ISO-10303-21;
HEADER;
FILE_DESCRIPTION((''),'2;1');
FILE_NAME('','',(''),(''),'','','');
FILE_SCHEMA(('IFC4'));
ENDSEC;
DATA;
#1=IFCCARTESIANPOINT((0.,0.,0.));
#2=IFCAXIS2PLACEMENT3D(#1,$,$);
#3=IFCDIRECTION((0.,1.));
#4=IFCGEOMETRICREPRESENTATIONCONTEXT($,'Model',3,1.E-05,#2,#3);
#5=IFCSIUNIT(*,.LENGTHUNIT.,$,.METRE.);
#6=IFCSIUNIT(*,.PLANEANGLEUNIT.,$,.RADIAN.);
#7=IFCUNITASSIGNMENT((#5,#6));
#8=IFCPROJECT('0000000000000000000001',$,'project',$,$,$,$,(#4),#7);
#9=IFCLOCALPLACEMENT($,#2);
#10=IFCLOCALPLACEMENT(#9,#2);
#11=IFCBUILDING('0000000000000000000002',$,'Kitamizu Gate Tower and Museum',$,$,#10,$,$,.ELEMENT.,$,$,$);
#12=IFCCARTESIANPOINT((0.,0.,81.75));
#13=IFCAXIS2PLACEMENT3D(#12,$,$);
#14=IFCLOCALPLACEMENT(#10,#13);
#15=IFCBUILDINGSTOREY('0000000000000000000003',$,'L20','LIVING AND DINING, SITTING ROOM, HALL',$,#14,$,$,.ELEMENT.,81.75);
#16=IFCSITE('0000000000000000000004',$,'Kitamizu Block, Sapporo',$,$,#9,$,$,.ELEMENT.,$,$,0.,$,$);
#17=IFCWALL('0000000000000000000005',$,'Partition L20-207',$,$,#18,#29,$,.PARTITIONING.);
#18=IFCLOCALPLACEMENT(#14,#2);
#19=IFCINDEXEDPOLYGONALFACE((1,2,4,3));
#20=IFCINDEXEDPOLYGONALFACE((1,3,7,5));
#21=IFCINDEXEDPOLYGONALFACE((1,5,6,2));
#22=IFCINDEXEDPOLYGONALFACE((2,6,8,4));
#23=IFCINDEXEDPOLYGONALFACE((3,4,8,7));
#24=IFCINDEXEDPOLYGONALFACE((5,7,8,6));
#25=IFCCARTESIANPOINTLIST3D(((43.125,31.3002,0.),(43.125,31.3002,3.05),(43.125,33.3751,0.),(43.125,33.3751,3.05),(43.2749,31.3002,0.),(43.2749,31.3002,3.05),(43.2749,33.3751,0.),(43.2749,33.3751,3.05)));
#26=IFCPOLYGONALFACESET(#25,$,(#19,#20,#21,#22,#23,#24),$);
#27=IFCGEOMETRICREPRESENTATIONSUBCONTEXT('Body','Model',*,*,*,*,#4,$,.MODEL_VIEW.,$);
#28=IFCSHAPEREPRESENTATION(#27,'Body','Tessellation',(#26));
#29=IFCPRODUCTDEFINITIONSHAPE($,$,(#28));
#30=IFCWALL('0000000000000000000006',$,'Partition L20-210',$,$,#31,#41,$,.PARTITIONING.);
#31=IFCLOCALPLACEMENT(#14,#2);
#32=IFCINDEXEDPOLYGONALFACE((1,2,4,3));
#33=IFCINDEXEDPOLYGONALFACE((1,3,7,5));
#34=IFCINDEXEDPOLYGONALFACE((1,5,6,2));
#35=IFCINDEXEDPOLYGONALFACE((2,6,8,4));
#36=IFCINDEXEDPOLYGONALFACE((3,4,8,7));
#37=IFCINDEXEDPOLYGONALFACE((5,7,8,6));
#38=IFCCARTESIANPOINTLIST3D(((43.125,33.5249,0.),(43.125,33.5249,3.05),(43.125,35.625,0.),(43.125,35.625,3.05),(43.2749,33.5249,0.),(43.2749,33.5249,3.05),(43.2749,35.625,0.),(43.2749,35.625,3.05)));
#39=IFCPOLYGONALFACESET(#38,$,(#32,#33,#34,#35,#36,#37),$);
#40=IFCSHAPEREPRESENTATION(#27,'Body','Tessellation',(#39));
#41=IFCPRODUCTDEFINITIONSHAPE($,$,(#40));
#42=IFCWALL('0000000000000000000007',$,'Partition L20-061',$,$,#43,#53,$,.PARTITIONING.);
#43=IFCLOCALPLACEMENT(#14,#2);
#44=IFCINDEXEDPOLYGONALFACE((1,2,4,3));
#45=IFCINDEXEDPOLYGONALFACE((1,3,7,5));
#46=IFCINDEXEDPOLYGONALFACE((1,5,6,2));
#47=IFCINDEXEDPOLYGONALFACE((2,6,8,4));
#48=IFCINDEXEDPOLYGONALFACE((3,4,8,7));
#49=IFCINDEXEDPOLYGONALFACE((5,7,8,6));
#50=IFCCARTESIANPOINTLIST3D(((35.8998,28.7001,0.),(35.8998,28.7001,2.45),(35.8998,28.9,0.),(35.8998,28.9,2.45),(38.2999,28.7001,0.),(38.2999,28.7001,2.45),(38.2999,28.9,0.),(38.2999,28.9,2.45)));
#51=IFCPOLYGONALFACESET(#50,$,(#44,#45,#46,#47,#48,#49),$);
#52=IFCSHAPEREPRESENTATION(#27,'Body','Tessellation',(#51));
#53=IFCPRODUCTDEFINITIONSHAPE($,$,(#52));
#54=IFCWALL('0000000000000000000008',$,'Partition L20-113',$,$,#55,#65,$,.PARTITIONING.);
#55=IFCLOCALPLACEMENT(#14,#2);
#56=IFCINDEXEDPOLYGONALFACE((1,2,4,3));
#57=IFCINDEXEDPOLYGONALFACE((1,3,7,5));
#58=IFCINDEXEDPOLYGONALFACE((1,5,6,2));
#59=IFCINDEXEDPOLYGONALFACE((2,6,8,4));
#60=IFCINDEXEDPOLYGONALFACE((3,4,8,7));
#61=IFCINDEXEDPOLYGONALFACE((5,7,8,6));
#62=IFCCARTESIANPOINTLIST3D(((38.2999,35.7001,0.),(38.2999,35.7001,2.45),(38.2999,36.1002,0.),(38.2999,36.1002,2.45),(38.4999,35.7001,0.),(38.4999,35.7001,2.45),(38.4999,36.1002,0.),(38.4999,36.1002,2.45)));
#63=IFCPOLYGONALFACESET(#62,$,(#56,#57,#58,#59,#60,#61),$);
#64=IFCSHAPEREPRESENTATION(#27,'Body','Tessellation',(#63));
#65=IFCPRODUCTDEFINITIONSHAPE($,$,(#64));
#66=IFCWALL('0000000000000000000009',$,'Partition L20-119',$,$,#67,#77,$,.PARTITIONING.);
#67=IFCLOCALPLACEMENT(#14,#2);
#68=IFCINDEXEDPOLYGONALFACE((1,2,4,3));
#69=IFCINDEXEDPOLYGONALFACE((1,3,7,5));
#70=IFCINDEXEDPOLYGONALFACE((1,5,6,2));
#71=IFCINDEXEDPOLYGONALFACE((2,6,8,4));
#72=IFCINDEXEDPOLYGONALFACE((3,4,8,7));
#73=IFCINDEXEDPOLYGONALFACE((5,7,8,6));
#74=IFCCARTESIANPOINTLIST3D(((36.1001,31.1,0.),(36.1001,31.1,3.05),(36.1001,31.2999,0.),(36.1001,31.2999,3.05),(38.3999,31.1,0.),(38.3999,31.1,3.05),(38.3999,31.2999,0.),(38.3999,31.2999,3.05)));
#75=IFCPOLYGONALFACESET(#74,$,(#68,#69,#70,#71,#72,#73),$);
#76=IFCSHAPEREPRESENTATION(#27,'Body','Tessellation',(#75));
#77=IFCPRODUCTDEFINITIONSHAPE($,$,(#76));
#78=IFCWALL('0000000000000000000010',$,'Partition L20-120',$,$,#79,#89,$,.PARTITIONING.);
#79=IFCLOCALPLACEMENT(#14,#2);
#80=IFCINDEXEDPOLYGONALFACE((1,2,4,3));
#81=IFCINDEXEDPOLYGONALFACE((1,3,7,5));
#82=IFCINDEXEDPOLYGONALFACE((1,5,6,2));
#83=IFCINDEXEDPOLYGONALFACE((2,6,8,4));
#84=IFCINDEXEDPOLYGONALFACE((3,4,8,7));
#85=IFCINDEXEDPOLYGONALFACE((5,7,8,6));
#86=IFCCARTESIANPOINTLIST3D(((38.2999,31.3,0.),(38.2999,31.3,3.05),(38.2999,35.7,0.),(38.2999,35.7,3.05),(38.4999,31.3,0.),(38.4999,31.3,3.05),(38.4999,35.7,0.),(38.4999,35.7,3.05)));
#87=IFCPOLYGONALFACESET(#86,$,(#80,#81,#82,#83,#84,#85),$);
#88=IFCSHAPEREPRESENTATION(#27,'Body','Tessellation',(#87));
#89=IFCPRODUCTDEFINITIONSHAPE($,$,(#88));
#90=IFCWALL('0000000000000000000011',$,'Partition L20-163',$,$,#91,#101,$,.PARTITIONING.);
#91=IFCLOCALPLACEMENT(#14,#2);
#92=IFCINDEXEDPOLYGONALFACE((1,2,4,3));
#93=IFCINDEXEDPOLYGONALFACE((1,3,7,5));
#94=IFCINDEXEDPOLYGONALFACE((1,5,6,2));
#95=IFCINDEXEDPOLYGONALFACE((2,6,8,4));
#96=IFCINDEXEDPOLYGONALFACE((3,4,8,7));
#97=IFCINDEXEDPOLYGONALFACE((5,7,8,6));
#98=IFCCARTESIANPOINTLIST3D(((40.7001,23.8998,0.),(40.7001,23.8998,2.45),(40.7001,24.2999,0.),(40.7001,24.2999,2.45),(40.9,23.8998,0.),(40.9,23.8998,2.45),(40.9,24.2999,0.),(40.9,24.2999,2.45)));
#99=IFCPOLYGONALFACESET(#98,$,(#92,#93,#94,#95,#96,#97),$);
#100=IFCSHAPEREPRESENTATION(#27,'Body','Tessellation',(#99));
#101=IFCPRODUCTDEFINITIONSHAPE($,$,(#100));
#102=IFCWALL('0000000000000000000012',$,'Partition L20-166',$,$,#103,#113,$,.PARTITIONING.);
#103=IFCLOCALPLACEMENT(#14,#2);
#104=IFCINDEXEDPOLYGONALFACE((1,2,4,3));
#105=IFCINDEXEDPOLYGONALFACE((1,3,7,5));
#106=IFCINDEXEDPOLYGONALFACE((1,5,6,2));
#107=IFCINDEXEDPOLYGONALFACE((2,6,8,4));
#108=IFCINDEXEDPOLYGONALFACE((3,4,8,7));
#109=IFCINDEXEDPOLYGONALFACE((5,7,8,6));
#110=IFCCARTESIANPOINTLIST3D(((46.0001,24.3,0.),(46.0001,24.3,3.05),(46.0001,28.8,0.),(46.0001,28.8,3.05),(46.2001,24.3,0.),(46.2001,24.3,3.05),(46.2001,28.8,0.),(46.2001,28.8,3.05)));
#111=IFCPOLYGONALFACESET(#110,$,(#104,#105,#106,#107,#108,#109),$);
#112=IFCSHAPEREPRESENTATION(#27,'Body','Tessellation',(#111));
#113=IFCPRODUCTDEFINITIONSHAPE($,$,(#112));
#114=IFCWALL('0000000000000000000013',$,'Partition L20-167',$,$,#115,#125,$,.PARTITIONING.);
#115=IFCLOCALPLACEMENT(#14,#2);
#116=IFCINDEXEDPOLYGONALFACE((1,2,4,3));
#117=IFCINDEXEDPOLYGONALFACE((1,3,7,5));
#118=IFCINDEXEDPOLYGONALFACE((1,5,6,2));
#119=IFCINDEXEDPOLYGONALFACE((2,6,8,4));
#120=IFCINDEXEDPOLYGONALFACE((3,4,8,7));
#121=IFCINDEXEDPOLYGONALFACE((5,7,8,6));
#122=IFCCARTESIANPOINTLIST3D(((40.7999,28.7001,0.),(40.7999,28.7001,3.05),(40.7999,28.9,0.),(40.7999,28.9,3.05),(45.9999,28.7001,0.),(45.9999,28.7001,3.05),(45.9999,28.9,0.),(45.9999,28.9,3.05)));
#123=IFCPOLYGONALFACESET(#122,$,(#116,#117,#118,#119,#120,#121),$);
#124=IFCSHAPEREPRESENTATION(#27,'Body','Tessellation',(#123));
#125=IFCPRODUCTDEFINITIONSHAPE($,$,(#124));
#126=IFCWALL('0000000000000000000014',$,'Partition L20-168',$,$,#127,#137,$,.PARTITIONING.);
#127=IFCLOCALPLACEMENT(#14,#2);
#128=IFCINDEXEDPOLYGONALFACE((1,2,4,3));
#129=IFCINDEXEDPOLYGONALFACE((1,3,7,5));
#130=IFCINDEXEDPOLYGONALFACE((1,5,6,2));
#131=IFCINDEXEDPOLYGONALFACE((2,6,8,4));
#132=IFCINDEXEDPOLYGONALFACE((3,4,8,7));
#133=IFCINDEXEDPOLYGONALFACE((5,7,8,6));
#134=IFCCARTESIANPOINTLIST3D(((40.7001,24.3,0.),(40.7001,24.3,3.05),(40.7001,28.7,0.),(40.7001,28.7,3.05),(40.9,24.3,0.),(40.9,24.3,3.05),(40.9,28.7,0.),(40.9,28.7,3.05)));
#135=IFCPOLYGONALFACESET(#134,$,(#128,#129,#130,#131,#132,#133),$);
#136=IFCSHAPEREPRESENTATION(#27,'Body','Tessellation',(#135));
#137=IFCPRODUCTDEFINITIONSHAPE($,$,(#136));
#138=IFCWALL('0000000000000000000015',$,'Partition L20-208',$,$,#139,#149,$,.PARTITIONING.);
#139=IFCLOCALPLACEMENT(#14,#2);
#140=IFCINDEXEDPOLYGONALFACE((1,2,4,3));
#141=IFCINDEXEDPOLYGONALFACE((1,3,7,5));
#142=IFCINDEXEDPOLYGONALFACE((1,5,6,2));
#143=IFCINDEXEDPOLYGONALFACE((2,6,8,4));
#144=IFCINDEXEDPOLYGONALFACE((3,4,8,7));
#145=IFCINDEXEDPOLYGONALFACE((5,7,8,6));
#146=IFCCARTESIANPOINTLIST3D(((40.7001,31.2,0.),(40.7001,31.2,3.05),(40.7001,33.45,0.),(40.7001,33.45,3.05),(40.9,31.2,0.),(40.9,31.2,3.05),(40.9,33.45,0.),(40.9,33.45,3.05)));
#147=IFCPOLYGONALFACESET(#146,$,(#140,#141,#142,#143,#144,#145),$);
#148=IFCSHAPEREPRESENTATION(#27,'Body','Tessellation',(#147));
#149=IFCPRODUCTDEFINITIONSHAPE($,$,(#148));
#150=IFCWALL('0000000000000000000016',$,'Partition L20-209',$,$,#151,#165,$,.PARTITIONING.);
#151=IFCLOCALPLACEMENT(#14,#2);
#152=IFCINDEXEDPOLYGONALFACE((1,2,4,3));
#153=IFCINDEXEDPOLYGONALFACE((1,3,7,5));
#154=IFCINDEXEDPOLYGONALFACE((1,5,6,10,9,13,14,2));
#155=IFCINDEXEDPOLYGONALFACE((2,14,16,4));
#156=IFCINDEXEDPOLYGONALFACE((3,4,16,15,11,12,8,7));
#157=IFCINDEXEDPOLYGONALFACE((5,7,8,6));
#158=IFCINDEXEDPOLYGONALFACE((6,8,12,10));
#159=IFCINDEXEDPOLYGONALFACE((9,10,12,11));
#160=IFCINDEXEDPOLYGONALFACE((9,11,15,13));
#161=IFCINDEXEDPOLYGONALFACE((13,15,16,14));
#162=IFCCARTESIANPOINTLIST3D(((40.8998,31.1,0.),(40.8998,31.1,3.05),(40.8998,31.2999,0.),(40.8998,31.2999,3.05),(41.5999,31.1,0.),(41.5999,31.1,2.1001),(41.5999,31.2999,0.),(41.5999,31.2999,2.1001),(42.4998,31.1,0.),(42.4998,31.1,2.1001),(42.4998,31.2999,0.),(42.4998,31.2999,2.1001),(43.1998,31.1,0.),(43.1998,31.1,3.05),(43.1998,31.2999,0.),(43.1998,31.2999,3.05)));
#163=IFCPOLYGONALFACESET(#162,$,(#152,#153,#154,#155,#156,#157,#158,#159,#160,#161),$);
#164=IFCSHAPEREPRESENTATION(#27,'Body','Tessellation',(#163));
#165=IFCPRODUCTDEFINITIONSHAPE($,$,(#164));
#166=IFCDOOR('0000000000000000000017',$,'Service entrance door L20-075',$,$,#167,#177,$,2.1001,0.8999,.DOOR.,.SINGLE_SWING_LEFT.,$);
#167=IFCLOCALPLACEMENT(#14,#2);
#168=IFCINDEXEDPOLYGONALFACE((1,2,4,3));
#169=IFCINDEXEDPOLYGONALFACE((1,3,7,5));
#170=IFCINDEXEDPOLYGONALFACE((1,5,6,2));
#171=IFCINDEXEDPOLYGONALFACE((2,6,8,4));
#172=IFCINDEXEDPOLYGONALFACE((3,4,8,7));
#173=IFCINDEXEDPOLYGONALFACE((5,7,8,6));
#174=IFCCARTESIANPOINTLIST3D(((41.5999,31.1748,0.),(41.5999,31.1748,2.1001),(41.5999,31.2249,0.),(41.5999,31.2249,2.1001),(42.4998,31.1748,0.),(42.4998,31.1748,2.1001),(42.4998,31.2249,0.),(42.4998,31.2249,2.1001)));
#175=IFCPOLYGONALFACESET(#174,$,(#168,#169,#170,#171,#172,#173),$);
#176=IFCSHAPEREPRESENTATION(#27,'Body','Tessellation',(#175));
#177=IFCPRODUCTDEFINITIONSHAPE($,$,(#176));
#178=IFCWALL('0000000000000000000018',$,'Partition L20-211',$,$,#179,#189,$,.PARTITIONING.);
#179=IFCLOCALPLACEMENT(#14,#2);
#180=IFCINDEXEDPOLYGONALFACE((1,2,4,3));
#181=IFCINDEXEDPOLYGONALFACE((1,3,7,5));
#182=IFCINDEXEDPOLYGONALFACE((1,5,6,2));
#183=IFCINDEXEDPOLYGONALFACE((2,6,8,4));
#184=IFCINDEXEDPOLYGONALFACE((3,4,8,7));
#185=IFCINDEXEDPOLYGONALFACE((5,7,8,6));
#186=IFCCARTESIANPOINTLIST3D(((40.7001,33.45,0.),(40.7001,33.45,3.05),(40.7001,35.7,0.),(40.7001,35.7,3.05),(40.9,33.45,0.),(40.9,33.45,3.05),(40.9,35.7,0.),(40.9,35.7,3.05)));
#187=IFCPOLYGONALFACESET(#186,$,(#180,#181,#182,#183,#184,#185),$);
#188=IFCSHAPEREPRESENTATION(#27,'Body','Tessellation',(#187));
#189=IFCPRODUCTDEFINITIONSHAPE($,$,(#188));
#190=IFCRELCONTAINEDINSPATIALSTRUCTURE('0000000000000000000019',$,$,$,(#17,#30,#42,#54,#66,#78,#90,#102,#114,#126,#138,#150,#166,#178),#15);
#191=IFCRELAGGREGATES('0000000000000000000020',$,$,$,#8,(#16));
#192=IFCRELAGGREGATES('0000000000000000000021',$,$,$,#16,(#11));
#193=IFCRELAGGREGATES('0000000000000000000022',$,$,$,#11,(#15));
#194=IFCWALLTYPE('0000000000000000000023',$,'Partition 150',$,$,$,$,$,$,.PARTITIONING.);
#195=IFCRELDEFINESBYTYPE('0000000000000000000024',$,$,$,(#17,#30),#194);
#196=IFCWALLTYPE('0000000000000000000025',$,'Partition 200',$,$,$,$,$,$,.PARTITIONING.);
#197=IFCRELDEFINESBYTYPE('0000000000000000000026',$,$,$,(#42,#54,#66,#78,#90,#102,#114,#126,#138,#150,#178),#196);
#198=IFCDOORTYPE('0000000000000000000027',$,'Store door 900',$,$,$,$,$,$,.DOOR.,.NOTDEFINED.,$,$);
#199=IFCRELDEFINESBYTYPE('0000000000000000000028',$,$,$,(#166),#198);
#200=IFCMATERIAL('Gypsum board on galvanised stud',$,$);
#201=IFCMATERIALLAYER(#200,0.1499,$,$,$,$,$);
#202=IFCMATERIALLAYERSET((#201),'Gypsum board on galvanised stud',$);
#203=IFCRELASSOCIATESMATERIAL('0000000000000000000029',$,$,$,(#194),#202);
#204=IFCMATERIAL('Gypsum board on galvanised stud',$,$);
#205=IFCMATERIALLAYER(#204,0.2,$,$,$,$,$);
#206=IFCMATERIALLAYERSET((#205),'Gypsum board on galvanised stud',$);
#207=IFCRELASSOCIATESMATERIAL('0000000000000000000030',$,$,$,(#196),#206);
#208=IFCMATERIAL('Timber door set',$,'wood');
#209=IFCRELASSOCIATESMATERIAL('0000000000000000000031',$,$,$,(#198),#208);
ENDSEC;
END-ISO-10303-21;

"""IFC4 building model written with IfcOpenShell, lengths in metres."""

from ifc_helpers import new_model, si_unit, direction, frame, frame_2d, origin, place, context, subcontext, project, spatial, rectangle, extrude, material, layer, layer_set, type_object, element, fill, save


model = new_model("IFC4")

# Units and contexts
model_context = context("Model", 3, precision=1e-05, world=origin(), true_north=direction((0.0, 1.0)))
body_context = subcontext(model_context, "Body", "Model", "MODEL_VIEW")
ifc_project = project(units=[si_unit("LENGTHUNIT", "METRE"), si_unit("PLANEANGLEUNIT", "RADIAN")], contexts=[model_context])

# Site, building, storey
site_placement = place(None, origin())
site = spatial("IfcSite", under=ifc_project, at=site_placement, Name="Kitamizu Block, Sapporo", CompositionType="ELEMENT", RefElevation=0.0)
building_placement = place(site_placement, origin())
building = spatial("IfcBuilding", under=site, at=building_placement, Name="Kitamizu Gate Tower and Museum", CompositionType="ELEMENT")
storey_placement = place(building_placement, frame((0.0, 0.0, 81.75)))
storey = spatial("IfcBuildingStorey", under=building, at=storey_placement, Name="L20", Description="LIVING AND DINING, SITTING ROOM, HALL", CompositionType="ELEMENT", Elevation=81.75)

# Shared definitions
ifc_material_1 = material(Name="Gypsum board on galvanised stud")
ifc_layer_1 = layer(ifc_material_1, 0.1499)
ifc_layer_set_1 = layer_set([ifc_layer_1], Name="Gypsum board on galvanised stud")
wall_type_1 = type_object("IfcWallType", Name="Partition 150", PredefinedType="PARTITIONING", material=ifc_layer_set_1)

# Walls
wall_1_placement = place(storey_placement, frame((43.2, 31.3, 0.0), z_axis=(0.0, 0.0, 1.0), x_axis=(0.0, 1.0, 0.0)))
element("IfcWall", 1, at=wall_1_placement, inside=storey, type_object=wall_type_1, Name="Partition L20-207", PredefinedType="PARTITIONING", context=body_context, shape_type="SweptSolid", body=[
    extrude(rectangle(XDim=2.075, YDim=0.1499, at=frame_2d((1.0376, 0.0))), origin(), (0.0, 0.0, 1.0), 3.05),
])
wall_2_placement = place(storey_placement, frame((43.2, 33.5249, 0.0), z_axis=(0.0, 0.0, 1.0), x_axis=(0.0, 1.0, 0.0)))
element("IfcWall", 2, at=wall_2_placement, inside=storey, type_object=wall_type_1, Name="Partition L20-210", PredefinedType="PARTITIONING", context=body_context, shape_type="SweptSolid", body=[
    extrude(rectangle(XDim=2.1001, YDim=0.1499, at=frame_2d((1.05, 0.0))), origin(), (0.0, 0.0, 1.0), 3.05),
])
ifc_material_2 = material(Name="Gypsum board on galvanised stud")
ifc_layer_2 = layer(ifc_material_2, 0.2)
ifc_layer_set_2 = layer_set([ifc_layer_2], Name="Gypsum board on galvanised stud")
wall_type_2 = type_object("IfcWallType", Name="Partition 200", PredefinedType="PARTITIONING", material=ifc_layer_set_2)
wall_3_placement = place(storey_placement, frame((38.3, 28.8, 0.0), z_axis=(0.0, 0.0, 1.0), x_axis=(-1.0, 0.0, 0.0)))
element("IfcWall", 3, at=wall_3_placement, inside=storey, type_object=wall_type_2, Name="Partition L20-061", PredefinedType="PARTITIONING", context=body_context, shape_type="SweptSolid", body=[
    extrude(rectangle(XDim=2.4001, YDim=0.2, at=frame_2d((1.2002, 0.0))), origin(), (0.0, 0.0, 1.0), 2.45),
])
wall_4_placement = place(storey_placement, frame((38.3999, 35.7, 0.0), z_axis=(0.0, 0.0, 1.0), x_axis=(0.0, 1.0, 0.0)))
element("IfcWall", 4, at=wall_4_placement, inside=storey, type_object=wall_type_2, Name="Partition L20-113", PredefinedType="PARTITIONING", context=body_context, shape_type="SweptSolid", body=[
    extrude(rectangle(XDim=0.4001, YDim=0.2, at=frame_2d((0.2002, 0.0))), origin(), (0.0, 0.0, 1.0), 2.45),
])
wall_5_placement = place(storey_placement, frame((36.1001, 31.2, 0.0), z_axis=(0.0, 0.0, 1.0), x_axis=(1.0, 0.0, 0.0)))
element("IfcWall", 5, at=wall_5_placement, inside=storey, type_object=wall_type_2, Name="Partition L20-119", PredefinedType="PARTITIONING", context=body_context, shape_type="SweptSolid", body=[
    extrude(rectangle(XDim=2.2998, YDim=0.2, at=frame_2d((1.1499, 0.0))), origin(), (0.0, 0.0, 1.0), 3.05),
])
wall_6_placement = place(storey_placement, frame((38.3999, 31.3, 0.0), z_axis=(0.0, 0.0, 1.0), x_axis=(0.0, 1.0, 0.0)))
element("IfcWall", 6, at=wall_6_placement, inside=storey, type_object=wall_type_2, Name="Partition L20-120", PredefinedType="PARTITIONING", context=body_context, shape_type="SweptSolid", body=[
    extrude(rectangle(XDim=4.3999, YDim=0.2, at=frame_2d((2.2, 0.0))), origin(), (0.0, 0.0, 1.0), 3.05),
])
wall_7_placement = place(storey_placement, frame((40.8, 24.3, 0.0), z_axis=(0.0, 0.0, 1.0), x_axis=(0.0, -1.0, 0.0)))
element("IfcWall", 7, at=wall_7_placement, inside=storey, type_object=wall_type_2, Name="Partition L20-163", PredefinedType="PARTITIONING", context=body_context, shape_type="SweptSolid", body=[
    extrude(rectangle(XDim=0.4001, YDim=0.2, at=frame_2d((0.2002, 0.0))), origin(), (0.0, 0.0, 1.0), 2.45),
])
wall_8_placement = place(storey_placement, frame((46.1001, 24.3, 0.0), z_axis=(0.0, 0.0, 1.0), x_axis=(0.0, 1.0, 0.0)))
element("IfcWall", 8, at=wall_8_placement, inside=storey, type_object=wall_type_2, Name="Partition L20-166", PredefinedType="PARTITIONING", context=body_context, shape_type="SweptSolid", body=[
    extrude(rectangle(XDim=4.5, YDim=0.2, at=frame_2d((2.25, 0.0))), origin(), (0.0, 0.0, 1.0), 3.05),
])
wall_9_placement = place(storey_placement, frame((46.0, 28.8, 0.0), z_axis=(0.0, 0.0, 1.0), x_axis=(-1.0, 0.0, 0.0)))
element("IfcWall", 9, at=wall_9_placement, inside=storey, type_object=wall_type_2, Name="Partition L20-167", PredefinedType="PARTITIONING", context=body_context, shape_type="SweptSolid", body=[
    extrude(rectangle(XDim=5.2, YDim=0.2, at=frame_2d((2.6001, 0.0))), origin(), (0.0, 0.0, 1.0), 3.05),
])
wall_10_placement = place(storey_placement, frame((40.8, 28.7, 0.0), z_axis=(0.0, 0.0, 1.0), x_axis=(0.0, -1.0, 0.0)))
element("IfcWall", 10, at=wall_10_placement, inside=storey, type_object=wall_type_2, Name="Partition L20-168", PredefinedType="PARTITIONING", context=body_context, shape_type="SweptSolid", body=[
    extrude(rectangle(XDim=4.3999, YDim=0.2, at=frame_2d((2.2, 0.0))), origin(), (0.0, 0.0, 1.0), 3.05),
])
wall_11_placement = place(storey_placement, frame((40.8, 33.45, 0.0), z_axis=(0.0, 0.0, 1.0), x_axis=(0.0, -1.0, 0.0)))
element("IfcWall", 11, at=wall_11_placement, inside=storey, type_object=wall_type_2, Name="Partition L20-208", PredefinedType="PARTITIONING", context=body_context, shape_type="SweptSolid", body=[
    extrude(rectangle(XDim=2.25, YDim=0.2, at=frame_2d((1.125, 0.0))), origin(), (0.0, 0.0, 1.0), 3.05),
])

# Wall, opening, door
wall_12_placement = place(storey_placement, frame((40.8999, 31.2, 0.0), z_axis=(0.0, 0.0, 1.0), x_axis=(1.0, 0.0, 0.0)))
wall_12 = element("IfcWall", 12, at=wall_12_placement, inside=storey, type_object=wall_type_2, Name="Partition L20-209", PredefinedType="PARTITIONING", context=body_context, shape_type="SweptSolid", body=[
    extrude(rectangle(XDim=2.3, YDim=0.2, at=frame_2d((1.1499, 0.0))), origin(), (0.0, 0.0, 1.0), 3.05),
])
opening_1_placement = place(wall_12_placement, frame((0.7, 0.0, 0.0)))
opening_1 = element("IfcOpeningElement", 13, at=opening_1_placement, cuts=wall_12, PredefinedType="OPENING", context=body_context, shape_type="SweptSolid", body=[
    extrude(rectangle(XDim=0.8999, YDim=2.1001, at=frame_2d((0.45, 1.05))), frame((0.0, 0.1099, 0.0), z_axis=(0.0, -1.0, 0.0), x_axis=(1.0, 0.0, 0.0)), (0.0, 0.0, 1.0), 0.22),
])
ifc_material_3 = material(Name="Timber door set", Category="wood")
door_type_1 = type_object("IfcDoorType", Name="Store door 900", OperationType="NOTDEFINED", PredefinedType="DOOR", material=ifc_material_3)
door_1_placement = place(opening_1_placement, origin())
door_1 = element("IfcDoor", 14, at=door_1_placement, inside=storey, type_object=door_type_1, Name="Service entrance door L20-075", OperationType="SINGLE_SWING_LEFT", OverallHeight=2.1001, OverallWidth=0.8999, PredefinedType="DOOR", context=body_context, shape_type="SweptSolid", body=[
    extrude(rectangle(XDim=0.8999, YDim=2.1001, at=frame_2d((0.45, 1.05))), frame((0.0, 0.0249, 0.0), z_axis=(0.0, -1.0, 0.0), x_axis=(1.0, 0.0, 0.0)), (0.0, 0.0, 1.0), 0.05),
])
fill(opening_1, door_1)

# Wall
wall_13_placement = place(storey_placement, frame((40.8, 35.7, 0.0), z_axis=(0.0, 0.0, 1.0), x_axis=(0.0, -1.0, 0.0)))
element("IfcWall", 15, at=wall_13_placement, inside=storey, type_object=wall_type_2, Name="Partition L20-211", PredefinedType="PARTITIONING", context=body_context, shape_type="SweptSolid", body=[
    extrude(rectangle(XDim=2.25, YDim=0.2, at=frame_2d((1.125, 0.0))), origin(), (0.0, 0.0, 1.0), 3.05),
])

save(model, "model.ifc")
